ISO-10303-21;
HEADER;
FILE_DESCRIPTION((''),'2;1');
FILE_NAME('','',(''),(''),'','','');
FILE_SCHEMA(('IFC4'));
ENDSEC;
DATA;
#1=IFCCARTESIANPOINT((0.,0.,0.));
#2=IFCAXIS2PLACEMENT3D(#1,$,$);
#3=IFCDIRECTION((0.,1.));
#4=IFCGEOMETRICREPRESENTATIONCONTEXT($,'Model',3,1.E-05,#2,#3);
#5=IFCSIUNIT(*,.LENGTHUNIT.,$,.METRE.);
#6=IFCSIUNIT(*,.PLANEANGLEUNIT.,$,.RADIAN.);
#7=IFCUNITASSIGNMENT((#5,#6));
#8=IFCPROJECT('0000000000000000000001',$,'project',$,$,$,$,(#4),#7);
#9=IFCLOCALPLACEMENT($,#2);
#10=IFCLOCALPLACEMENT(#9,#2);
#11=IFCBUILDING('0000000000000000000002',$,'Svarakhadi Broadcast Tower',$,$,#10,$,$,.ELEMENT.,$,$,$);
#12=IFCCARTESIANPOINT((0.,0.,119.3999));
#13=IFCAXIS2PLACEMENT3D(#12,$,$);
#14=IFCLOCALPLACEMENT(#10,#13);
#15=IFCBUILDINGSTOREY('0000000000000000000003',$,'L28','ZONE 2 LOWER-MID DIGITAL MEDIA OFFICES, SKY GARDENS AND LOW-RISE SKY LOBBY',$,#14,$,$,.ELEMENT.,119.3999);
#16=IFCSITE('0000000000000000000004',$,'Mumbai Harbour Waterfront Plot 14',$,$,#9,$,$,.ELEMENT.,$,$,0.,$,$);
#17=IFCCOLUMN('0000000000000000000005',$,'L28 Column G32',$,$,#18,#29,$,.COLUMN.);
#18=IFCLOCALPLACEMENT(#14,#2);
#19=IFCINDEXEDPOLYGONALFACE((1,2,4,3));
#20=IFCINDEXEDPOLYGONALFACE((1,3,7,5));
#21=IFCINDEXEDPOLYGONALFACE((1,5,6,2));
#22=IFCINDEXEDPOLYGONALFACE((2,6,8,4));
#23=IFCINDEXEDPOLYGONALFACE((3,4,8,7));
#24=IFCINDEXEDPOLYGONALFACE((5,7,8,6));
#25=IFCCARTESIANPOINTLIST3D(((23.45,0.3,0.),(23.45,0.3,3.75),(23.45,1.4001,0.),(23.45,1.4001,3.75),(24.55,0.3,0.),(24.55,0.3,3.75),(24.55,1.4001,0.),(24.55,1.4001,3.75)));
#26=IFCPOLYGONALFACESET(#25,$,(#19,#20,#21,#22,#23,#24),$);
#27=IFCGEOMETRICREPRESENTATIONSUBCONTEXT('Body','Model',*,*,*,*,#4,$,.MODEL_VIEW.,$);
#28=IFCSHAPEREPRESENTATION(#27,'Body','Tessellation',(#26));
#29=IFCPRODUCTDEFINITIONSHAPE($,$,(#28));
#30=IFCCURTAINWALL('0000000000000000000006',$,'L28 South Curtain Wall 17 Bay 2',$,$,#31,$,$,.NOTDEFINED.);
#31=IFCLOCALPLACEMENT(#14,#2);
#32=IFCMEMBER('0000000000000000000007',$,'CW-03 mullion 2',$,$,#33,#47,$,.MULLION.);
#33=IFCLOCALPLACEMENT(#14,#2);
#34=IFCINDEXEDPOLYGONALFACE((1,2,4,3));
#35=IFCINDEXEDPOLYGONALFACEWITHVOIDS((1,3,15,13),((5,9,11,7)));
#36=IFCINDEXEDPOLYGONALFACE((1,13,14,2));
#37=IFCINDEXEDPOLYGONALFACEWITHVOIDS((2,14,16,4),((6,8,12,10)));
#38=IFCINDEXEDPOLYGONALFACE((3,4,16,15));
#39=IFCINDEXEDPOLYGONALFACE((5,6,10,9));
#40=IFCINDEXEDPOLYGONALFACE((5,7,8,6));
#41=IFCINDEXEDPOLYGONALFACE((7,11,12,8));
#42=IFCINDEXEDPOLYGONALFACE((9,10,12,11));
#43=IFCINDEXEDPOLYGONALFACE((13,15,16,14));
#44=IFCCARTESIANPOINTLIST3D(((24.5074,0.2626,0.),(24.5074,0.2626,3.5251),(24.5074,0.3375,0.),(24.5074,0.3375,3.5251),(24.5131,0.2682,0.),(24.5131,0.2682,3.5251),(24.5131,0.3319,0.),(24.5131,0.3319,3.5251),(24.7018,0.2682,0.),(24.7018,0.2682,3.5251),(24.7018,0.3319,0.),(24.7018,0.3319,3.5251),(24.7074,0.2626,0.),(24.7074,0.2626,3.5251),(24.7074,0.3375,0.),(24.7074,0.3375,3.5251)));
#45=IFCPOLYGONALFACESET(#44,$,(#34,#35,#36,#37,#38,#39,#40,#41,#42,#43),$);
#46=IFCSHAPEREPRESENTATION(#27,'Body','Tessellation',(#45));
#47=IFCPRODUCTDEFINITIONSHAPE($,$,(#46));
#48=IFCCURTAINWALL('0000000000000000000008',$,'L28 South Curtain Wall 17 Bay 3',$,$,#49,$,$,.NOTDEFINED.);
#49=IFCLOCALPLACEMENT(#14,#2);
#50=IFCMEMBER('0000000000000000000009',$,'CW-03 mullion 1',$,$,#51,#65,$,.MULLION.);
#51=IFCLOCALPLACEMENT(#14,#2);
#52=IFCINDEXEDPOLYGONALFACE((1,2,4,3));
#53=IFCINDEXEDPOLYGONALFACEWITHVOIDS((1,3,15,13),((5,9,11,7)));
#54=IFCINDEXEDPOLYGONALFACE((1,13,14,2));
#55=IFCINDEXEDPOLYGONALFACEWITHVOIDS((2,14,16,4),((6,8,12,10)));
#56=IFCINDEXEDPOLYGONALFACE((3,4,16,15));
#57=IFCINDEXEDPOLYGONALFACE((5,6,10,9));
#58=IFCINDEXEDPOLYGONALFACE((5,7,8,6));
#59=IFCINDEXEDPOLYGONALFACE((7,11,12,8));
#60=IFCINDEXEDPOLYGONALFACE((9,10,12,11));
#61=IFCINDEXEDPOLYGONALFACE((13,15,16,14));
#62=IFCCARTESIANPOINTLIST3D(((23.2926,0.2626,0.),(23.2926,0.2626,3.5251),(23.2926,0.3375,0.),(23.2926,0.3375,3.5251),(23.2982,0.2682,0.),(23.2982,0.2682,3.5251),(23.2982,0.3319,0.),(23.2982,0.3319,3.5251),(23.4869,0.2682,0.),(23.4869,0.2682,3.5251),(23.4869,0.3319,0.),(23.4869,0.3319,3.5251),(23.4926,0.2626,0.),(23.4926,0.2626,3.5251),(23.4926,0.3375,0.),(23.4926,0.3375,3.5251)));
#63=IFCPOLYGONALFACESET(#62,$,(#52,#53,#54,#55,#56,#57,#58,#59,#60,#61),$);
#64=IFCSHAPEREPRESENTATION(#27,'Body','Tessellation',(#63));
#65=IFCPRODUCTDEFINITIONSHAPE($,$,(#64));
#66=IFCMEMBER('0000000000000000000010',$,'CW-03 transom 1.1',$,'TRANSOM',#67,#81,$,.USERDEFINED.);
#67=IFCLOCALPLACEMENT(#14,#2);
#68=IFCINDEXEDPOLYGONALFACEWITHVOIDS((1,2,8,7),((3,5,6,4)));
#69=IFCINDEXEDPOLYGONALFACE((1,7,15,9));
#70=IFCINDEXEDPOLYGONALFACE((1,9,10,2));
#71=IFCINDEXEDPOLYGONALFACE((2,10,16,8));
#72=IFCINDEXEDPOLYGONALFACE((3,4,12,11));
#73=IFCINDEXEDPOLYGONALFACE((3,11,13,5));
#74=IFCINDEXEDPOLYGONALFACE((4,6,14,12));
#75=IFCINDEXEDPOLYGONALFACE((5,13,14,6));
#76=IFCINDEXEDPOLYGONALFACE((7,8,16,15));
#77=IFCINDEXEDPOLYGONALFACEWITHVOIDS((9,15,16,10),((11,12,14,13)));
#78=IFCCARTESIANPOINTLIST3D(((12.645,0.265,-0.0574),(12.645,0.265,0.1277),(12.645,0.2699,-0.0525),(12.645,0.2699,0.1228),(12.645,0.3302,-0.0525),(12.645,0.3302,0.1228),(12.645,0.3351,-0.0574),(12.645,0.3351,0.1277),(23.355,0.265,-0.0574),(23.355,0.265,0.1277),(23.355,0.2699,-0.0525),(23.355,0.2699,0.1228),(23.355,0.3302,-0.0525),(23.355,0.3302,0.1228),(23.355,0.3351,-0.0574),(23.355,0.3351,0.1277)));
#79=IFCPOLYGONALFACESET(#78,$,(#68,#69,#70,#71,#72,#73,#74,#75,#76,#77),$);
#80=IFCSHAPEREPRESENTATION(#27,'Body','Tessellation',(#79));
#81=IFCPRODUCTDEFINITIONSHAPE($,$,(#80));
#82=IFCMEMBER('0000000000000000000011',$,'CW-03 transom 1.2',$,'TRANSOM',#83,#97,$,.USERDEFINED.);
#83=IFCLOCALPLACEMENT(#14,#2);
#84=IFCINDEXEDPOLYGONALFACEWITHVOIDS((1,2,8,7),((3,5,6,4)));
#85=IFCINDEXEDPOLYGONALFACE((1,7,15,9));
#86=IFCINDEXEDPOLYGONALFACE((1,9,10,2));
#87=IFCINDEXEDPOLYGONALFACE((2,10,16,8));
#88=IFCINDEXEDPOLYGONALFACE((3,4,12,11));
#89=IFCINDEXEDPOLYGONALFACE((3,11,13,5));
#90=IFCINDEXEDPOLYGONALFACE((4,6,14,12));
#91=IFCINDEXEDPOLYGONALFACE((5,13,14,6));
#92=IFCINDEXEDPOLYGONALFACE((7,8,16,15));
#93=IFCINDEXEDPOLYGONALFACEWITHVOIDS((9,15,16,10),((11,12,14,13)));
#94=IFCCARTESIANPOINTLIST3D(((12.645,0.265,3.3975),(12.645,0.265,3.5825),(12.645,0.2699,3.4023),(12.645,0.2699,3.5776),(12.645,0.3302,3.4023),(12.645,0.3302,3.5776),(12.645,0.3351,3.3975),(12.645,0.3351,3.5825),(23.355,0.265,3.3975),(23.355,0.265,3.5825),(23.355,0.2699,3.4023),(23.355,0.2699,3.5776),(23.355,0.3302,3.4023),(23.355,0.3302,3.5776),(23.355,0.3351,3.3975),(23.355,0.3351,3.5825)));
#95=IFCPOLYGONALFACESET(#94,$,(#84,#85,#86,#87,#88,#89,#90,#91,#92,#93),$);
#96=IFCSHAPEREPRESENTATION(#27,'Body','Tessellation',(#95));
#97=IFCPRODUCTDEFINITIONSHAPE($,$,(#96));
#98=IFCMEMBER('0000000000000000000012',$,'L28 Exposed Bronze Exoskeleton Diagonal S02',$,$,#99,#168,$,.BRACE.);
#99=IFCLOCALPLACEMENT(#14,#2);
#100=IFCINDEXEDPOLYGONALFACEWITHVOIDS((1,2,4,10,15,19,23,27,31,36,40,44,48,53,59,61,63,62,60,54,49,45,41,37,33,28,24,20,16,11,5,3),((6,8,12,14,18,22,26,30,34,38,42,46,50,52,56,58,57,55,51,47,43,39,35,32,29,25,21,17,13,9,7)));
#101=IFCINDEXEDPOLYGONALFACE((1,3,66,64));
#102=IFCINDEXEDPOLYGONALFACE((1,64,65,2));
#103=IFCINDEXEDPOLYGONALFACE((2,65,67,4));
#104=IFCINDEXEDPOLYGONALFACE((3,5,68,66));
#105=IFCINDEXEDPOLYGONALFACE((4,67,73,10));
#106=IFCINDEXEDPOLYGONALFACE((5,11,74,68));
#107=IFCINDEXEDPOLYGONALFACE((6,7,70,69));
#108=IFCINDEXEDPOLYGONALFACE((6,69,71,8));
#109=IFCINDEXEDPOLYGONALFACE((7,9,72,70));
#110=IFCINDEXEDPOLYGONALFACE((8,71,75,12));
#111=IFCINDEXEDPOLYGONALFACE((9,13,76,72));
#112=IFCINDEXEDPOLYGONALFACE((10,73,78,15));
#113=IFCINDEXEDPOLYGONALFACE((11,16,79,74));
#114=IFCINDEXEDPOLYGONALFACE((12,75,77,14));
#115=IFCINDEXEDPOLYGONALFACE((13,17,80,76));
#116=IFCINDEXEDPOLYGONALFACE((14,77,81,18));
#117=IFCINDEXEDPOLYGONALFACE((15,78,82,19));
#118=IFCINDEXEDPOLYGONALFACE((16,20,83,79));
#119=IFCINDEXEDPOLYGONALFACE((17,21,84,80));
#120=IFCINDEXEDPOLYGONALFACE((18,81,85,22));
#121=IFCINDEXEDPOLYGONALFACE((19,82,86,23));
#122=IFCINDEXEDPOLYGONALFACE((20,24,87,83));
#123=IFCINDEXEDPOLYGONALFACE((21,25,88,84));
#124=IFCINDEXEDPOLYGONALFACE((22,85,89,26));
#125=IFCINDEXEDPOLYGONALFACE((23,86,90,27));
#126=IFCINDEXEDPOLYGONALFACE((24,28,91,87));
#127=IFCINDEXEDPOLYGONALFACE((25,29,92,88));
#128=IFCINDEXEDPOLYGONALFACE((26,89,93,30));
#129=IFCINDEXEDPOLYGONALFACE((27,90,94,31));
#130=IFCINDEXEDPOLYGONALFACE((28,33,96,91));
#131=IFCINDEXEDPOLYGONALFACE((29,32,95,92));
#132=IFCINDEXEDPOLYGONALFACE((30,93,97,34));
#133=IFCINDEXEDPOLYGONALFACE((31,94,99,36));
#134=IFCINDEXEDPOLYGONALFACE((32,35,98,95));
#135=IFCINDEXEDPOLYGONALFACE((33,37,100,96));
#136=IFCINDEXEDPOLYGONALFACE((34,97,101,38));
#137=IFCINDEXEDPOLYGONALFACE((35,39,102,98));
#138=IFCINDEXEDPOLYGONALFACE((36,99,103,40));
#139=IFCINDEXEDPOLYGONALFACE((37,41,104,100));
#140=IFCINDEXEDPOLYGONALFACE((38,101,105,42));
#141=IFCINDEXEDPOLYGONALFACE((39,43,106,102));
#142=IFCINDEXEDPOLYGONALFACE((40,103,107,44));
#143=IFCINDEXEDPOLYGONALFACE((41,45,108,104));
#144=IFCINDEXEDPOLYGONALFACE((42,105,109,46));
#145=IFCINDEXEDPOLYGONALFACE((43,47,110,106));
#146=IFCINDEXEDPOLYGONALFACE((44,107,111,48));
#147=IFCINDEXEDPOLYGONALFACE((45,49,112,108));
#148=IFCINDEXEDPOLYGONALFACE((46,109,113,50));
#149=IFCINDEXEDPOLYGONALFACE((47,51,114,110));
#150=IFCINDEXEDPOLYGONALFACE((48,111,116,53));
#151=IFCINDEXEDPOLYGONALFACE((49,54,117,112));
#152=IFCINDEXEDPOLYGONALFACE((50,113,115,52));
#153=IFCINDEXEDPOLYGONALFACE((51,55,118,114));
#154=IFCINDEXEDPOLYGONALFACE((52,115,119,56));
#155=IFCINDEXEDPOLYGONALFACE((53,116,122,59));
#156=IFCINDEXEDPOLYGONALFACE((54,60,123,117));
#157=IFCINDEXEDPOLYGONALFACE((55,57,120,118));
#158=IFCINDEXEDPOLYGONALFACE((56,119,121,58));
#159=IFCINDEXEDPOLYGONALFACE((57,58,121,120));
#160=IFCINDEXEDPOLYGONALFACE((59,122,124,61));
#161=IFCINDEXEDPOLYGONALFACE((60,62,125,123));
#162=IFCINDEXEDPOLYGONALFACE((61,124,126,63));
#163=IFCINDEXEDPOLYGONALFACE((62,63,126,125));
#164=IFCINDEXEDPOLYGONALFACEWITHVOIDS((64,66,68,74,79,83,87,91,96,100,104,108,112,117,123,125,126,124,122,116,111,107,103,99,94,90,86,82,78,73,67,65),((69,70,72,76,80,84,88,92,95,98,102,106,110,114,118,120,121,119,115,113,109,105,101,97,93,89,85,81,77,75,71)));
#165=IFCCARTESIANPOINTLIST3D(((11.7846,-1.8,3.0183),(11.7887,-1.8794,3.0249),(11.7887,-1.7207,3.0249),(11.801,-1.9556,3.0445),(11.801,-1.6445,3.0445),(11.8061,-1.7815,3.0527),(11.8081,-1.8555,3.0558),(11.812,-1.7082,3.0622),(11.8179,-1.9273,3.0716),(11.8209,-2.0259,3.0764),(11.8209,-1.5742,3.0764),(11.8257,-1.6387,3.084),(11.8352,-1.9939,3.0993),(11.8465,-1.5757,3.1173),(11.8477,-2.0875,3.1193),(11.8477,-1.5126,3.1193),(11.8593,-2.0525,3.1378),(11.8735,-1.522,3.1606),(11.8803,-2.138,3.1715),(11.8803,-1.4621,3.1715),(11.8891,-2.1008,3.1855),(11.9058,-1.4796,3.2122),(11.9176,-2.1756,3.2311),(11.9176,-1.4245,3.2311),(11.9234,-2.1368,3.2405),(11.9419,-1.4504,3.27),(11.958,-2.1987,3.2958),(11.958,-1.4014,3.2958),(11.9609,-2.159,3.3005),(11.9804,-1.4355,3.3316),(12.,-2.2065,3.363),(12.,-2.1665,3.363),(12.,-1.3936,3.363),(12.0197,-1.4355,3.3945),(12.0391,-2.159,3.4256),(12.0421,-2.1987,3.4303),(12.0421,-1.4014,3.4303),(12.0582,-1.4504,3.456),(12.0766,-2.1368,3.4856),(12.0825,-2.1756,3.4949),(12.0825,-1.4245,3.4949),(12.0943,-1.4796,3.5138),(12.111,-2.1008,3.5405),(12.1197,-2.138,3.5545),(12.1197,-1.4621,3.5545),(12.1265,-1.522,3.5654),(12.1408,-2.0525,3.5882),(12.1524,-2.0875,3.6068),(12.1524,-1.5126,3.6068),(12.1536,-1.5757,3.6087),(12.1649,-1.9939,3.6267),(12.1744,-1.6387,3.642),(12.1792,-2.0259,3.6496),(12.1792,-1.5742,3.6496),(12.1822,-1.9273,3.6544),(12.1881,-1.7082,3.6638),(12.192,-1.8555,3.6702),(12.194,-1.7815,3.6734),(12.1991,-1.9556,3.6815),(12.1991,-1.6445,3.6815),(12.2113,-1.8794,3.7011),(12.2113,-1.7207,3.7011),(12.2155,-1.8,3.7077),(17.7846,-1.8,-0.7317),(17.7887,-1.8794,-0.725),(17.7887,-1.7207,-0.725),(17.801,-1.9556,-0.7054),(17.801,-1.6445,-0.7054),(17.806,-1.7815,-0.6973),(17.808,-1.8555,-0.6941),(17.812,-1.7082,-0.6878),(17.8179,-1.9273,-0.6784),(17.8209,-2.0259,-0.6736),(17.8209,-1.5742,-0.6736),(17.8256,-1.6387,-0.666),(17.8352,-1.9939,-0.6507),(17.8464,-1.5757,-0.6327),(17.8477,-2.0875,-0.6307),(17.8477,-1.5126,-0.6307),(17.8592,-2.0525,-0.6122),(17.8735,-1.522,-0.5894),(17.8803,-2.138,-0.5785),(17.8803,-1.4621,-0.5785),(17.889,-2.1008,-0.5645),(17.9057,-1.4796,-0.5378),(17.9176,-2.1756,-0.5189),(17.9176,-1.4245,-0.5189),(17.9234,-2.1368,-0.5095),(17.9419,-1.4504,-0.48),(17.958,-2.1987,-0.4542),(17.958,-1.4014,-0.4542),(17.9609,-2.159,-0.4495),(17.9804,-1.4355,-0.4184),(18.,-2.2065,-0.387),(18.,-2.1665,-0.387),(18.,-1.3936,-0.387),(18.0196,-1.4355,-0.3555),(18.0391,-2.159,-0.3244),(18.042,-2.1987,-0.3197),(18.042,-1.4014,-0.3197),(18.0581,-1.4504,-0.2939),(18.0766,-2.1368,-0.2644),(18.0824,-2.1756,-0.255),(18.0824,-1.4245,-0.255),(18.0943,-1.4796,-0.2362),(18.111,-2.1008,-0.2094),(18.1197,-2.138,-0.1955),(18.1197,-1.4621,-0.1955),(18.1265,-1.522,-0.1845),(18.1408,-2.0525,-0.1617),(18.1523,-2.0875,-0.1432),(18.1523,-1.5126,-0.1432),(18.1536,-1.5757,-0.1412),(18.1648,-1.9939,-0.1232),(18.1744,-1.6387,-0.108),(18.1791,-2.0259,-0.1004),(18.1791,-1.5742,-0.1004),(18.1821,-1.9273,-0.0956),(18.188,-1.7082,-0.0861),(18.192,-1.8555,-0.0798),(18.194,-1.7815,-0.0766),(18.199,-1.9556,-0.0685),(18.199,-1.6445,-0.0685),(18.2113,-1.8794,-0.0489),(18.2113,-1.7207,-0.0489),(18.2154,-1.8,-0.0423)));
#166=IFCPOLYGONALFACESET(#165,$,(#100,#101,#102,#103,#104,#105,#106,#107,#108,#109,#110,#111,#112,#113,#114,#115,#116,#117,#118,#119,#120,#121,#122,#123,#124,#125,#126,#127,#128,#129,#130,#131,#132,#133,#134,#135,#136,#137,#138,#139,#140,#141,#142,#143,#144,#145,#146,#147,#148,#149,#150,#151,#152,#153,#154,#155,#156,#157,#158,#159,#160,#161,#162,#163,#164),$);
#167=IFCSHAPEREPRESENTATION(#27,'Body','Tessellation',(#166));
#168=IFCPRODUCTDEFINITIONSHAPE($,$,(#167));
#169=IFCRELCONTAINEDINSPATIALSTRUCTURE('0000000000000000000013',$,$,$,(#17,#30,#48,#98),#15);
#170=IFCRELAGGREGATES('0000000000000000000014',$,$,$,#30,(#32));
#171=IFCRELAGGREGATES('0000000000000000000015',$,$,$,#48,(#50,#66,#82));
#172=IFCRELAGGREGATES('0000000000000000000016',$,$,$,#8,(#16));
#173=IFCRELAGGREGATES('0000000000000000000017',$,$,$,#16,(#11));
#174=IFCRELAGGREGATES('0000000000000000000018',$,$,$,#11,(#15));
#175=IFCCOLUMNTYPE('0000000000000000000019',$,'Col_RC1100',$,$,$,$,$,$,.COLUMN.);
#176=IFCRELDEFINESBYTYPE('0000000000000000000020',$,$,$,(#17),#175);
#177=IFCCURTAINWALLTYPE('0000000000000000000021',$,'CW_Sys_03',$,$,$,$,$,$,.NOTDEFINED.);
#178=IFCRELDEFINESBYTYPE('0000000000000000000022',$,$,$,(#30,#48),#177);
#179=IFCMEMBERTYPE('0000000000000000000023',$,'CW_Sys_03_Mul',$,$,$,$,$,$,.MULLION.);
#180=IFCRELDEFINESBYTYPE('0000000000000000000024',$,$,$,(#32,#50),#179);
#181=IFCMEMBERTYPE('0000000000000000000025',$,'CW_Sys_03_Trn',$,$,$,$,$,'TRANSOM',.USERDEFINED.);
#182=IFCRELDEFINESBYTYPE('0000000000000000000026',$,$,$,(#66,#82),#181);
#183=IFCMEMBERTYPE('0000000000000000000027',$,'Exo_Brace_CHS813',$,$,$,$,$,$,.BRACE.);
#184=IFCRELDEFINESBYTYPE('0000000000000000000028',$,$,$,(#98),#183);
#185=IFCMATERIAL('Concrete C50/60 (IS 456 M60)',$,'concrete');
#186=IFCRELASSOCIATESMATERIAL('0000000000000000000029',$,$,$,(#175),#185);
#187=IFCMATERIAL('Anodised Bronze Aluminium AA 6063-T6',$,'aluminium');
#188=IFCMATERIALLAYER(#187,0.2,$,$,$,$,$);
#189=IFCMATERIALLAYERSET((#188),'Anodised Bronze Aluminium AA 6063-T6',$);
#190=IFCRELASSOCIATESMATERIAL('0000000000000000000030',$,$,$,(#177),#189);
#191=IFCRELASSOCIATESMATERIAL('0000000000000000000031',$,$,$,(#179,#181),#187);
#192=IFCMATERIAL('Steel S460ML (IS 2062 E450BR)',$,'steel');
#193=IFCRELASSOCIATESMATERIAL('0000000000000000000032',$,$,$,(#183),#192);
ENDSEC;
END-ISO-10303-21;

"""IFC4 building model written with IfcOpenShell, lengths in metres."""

from ifc_helpers import new_model, si_unit, direction, frame, origin, origin_2d, place, context, subcontext, project, spatial, rectangle, hollow_rectangle, hollow_circle, extrude, material, layer, layer_set, material_profile, profile_set, type_object, element, aggregate, save


model = new_model("IFC4")

# Units and contexts
model_context = context("Model", 3, precision=1e-05, world=origin(), true_north=direction((0.0, 1.0)))
body_context = subcontext(model_context, "Body", "Model", "MODEL_VIEW")
ifc_project = project(units=[si_unit("LENGTHUNIT", "METRE"), si_unit("PLANEANGLEUNIT", "RADIAN")], contexts=[model_context])

# Site, building, storey
site_placement = place(None, origin())
site = spatial("IfcSite", under=ifc_project, at=site_placement, Name="Mumbai Harbour Waterfront Plot 14", CompositionType="ELEMENT", RefElevation=0.0)
building_placement = place(site_placement, origin())
building = spatial("IfcBuilding", under=site, at=building_placement, Name="Svarakhadi Broadcast Tower", CompositionType="ELEMENT")
storey_placement = place(building_placement, frame((0.0, 0.0, 119.3999)))
storey = spatial("IfcBuildingStorey", under=building, at=storey_placement, Name="L28", Description="ZONE 2 LOWER-MID DIGITAL MEDIA OFFICES, SKY GARDENS AND LOW-RISE SKY LOBBY", CompositionType="ELEMENT", Elevation=119.3999)

# Column
ifc_material_1 = material(Name="Concrete C50/60 (IS 456 M60)", Category="concrete")
ifc_material_profile_1 = material_profile(ifc_material_1, rectangle(XDim=1.1001, YDim=1.1001, at=origin_2d()), Name="RC 1100x1100")
ifc_profile_set_1 = profile_set([ifc_material_profile_1], Name="Concrete C50/60 (IS 456 M60)")
column_type = type_object("IfcColumnType", Name="Col_RC1100", PredefinedType="COLUMN", material=ifc_profile_set_1)
column_placement = place(storey_placement, frame((24.0, 0.8501, 0.0), z_axis=(0.0, 0.0, 1.0), x_axis=(1.0, 0.0, 0.0)))
element("IfcColumn", 1, at=column_placement, inside=storey, type_object=column_type, Name="L28 Column G32", PredefinedType="COLUMN", context=body_context, shape_type="SweptSolid", body=[
    extrude(rectangle(XDim=1.1001, YDim=1.1001, at=origin_2d()), origin(), (0.0, 0.0, 1.0), 3.75),
])

# Curtain wall, member
ifc_material_2 = material(Name="Anodised Bronze Aluminium AA 6063-T6", Category="aluminium")
ifc_layer_1 = layer(ifc_material_2, 0.2)
ifc_layer_set_1 = layer_set([ifc_layer_1], Name="Anodised Bronze Aluminium AA 6063-T6")
curtain_wall_type = type_object("IfcCurtainWallType", Name="CW_Sys_03", PredefinedType="NOTDEFINED", material=ifc_layer_set_1)
curtain_wall_1_placement = place(storey_placement, origin())
curtain_wall_1 = element("IfcCurtainWall", 2, at=curtain_wall_1_placement, inside=storey, type_object=curtain_wall_type, Name="L28 South Curtain Wall 17 Bay 2", PredefinedType="NOTDEFINED")
ifc_material_profile_2 = material_profile(ifc_material_2, hollow_rectangle(XDim=0.075, YDim=0.2, WallThickness=0.0056, at=origin_2d()), Name="ALU MULLION 200x75x6")
ifc_profile_set_2 = profile_set([ifc_material_profile_2], Name="Anodised Bronze Aluminium AA 6063-T6")
member_type_1 = type_object("IfcMemberType", Name="CW_Sys_03_Mul", PredefinedType="MULLION", material=ifc_profile_set_2)
member_1_placement = place(storey_placement, frame((24.6074, 0.3, 0.0), z_axis=(0.0, 0.0, 1.0), x_axis=(0.0, -1.0, 0.0)))
member_1 = element("IfcMember", 3, at=member_1_placement, type_object=member_type_1, Name="CW-03 mullion 2", PredefinedType="MULLION", context=body_context, shape_type="SweptSolid", body=[
    extrude(hollow_rectangle(XDim=0.075, YDim=0.2, WallThickness=0.0056, at=origin_2d()), origin(), (0.0, 0.0, 1.0), 3.5251),
])
aggregate(curtain_wall_1, [member_1])

# Curtain wall, members
curtain_wall_2_placement = place(storey_placement, origin())
curtain_wall_2 = element("IfcCurtainWall", 4, at=curtain_wall_2_placement, inside=storey, type_object=curtain_wall_type, Name="L28 South Curtain Wall 17 Bay 3", PredefinedType="NOTDEFINED")
member_2_placement = place(storey_placement, frame((23.3926, 0.3, 0.0), z_axis=(0.0, 0.0, 1.0), x_axis=(0.0, -1.0, 0.0)))
member_2 = element("IfcMember", 5, at=member_2_placement, type_object=member_type_1, Name="CW-03 mullion 1", PredefinedType="MULLION", context=body_context, shape_type="SweptSolid", body=[
    extrude(hollow_rectangle(XDim=0.075, YDim=0.2, WallThickness=0.0056, at=origin_2d()), origin(), (0.0, 0.0, 1.0), 3.5251),
])
ifc_material_profile_3 = material_profile(ifc_material_2, hollow_rectangle(XDim=0.0701, YDim=0.1851, WallThickness=0.0049, at=origin_2d()), Name="ALU TRANSOM 185x70x5")
ifc_profile_set_3 = profile_set([ifc_material_profile_3], Name="Anodised Bronze Aluminium AA 6063-T6")
member_type_2 = type_object("IfcMemberType", Name="CW_Sys_03_Trn", ElementType="TRANSOM", PredefinedType="USERDEFINED", material=ifc_profile_set_3)
member_3_placement = place(storey_placement, frame((23.355, 0.3, 0.0352), z_axis=(-1.0, 0.0, 0.0), x_axis=(0.0, -1.0, 0.0)))
member_3 = element("IfcMember", 6, at=member_3_placement, type_object=member_type_2, Name="CW-03 transom 1.1", ObjectType="TRANSOM", PredefinedType="USERDEFINED", context=body_context, shape_type="SweptSolid", body=[
    extrude(hollow_rectangle(XDim=0.0701, YDim=0.1851, WallThickness=0.0049, at=origin_2d()), origin(), (0.0, 0.0, 1.0), 10.71),
])
member_4_placement = place(storey_placement, frame((23.355, 0.3, 3.49), z_axis=(-1.0, 0.0, 0.0), x_axis=(0.0, -1.0, 0.0)))
member_4 = element("IfcMember", 7, at=member_4_placement, type_object=member_type_2, Name="CW-03 transom 1.2", ObjectType="TRANSOM", PredefinedType="USERDEFINED", context=body_context, shape_type="SweptSolid", body=[
    extrude(hollow_rectangle(XDim=0.0701, YDim=0.1851, WallThickness=0.0049, at=origin_2d()), origin(), (0.0, 0.0, 1.0), 10.71),
])

# Member
ifc_material_3 = material(Name="Steel S460ML (IS 2062 E450BR)", Category="steel")
ifc_material_profile_4 = material_profile(ifc_material_3, hollow_circle(Radius=0.4065, WallThickness=0.04, at=origin_2d()), Name="CHS 813x40")
ifc_profile_set_4 = profile_set([ifc_material_profile_4], Name="Steel S460ML (IS 2062 E450BR)")
member_type_3 = type_object("IfcMemberType", Name="Exo_Brace_CHS813", PredefinedType="BRACE", material=ifc_profile_set_4)
for number, where, z_axis, x_axis, name in (
    (8, (18.0, -1.8, -0.387), (-0.847998, 0.0, 0.529999), (0.0, -1.0, 0.0), "L28 Exposed Bronze Exoskeleton Diagonal S02"),
):
    element("IfcMember", number, at=place(storey_placement, frame(where, z_axis=z_axis, x_axis=x_axis)), inside=storey, type_object=member_type_3, Name=name, PredefinedType="BRACE", context=body_context, shape_type="SweptSolid", body=[
        extrude(hollow_circle(Radius=0.4065, WallThickness=0.04, at=origin_2d()), origin(), (0.0, 0.0, 1.0), 7.0754),
    ])

aggregate(curtain_wall_2, [member_2, member_3, member_4])

save(model, "model.ifc")
